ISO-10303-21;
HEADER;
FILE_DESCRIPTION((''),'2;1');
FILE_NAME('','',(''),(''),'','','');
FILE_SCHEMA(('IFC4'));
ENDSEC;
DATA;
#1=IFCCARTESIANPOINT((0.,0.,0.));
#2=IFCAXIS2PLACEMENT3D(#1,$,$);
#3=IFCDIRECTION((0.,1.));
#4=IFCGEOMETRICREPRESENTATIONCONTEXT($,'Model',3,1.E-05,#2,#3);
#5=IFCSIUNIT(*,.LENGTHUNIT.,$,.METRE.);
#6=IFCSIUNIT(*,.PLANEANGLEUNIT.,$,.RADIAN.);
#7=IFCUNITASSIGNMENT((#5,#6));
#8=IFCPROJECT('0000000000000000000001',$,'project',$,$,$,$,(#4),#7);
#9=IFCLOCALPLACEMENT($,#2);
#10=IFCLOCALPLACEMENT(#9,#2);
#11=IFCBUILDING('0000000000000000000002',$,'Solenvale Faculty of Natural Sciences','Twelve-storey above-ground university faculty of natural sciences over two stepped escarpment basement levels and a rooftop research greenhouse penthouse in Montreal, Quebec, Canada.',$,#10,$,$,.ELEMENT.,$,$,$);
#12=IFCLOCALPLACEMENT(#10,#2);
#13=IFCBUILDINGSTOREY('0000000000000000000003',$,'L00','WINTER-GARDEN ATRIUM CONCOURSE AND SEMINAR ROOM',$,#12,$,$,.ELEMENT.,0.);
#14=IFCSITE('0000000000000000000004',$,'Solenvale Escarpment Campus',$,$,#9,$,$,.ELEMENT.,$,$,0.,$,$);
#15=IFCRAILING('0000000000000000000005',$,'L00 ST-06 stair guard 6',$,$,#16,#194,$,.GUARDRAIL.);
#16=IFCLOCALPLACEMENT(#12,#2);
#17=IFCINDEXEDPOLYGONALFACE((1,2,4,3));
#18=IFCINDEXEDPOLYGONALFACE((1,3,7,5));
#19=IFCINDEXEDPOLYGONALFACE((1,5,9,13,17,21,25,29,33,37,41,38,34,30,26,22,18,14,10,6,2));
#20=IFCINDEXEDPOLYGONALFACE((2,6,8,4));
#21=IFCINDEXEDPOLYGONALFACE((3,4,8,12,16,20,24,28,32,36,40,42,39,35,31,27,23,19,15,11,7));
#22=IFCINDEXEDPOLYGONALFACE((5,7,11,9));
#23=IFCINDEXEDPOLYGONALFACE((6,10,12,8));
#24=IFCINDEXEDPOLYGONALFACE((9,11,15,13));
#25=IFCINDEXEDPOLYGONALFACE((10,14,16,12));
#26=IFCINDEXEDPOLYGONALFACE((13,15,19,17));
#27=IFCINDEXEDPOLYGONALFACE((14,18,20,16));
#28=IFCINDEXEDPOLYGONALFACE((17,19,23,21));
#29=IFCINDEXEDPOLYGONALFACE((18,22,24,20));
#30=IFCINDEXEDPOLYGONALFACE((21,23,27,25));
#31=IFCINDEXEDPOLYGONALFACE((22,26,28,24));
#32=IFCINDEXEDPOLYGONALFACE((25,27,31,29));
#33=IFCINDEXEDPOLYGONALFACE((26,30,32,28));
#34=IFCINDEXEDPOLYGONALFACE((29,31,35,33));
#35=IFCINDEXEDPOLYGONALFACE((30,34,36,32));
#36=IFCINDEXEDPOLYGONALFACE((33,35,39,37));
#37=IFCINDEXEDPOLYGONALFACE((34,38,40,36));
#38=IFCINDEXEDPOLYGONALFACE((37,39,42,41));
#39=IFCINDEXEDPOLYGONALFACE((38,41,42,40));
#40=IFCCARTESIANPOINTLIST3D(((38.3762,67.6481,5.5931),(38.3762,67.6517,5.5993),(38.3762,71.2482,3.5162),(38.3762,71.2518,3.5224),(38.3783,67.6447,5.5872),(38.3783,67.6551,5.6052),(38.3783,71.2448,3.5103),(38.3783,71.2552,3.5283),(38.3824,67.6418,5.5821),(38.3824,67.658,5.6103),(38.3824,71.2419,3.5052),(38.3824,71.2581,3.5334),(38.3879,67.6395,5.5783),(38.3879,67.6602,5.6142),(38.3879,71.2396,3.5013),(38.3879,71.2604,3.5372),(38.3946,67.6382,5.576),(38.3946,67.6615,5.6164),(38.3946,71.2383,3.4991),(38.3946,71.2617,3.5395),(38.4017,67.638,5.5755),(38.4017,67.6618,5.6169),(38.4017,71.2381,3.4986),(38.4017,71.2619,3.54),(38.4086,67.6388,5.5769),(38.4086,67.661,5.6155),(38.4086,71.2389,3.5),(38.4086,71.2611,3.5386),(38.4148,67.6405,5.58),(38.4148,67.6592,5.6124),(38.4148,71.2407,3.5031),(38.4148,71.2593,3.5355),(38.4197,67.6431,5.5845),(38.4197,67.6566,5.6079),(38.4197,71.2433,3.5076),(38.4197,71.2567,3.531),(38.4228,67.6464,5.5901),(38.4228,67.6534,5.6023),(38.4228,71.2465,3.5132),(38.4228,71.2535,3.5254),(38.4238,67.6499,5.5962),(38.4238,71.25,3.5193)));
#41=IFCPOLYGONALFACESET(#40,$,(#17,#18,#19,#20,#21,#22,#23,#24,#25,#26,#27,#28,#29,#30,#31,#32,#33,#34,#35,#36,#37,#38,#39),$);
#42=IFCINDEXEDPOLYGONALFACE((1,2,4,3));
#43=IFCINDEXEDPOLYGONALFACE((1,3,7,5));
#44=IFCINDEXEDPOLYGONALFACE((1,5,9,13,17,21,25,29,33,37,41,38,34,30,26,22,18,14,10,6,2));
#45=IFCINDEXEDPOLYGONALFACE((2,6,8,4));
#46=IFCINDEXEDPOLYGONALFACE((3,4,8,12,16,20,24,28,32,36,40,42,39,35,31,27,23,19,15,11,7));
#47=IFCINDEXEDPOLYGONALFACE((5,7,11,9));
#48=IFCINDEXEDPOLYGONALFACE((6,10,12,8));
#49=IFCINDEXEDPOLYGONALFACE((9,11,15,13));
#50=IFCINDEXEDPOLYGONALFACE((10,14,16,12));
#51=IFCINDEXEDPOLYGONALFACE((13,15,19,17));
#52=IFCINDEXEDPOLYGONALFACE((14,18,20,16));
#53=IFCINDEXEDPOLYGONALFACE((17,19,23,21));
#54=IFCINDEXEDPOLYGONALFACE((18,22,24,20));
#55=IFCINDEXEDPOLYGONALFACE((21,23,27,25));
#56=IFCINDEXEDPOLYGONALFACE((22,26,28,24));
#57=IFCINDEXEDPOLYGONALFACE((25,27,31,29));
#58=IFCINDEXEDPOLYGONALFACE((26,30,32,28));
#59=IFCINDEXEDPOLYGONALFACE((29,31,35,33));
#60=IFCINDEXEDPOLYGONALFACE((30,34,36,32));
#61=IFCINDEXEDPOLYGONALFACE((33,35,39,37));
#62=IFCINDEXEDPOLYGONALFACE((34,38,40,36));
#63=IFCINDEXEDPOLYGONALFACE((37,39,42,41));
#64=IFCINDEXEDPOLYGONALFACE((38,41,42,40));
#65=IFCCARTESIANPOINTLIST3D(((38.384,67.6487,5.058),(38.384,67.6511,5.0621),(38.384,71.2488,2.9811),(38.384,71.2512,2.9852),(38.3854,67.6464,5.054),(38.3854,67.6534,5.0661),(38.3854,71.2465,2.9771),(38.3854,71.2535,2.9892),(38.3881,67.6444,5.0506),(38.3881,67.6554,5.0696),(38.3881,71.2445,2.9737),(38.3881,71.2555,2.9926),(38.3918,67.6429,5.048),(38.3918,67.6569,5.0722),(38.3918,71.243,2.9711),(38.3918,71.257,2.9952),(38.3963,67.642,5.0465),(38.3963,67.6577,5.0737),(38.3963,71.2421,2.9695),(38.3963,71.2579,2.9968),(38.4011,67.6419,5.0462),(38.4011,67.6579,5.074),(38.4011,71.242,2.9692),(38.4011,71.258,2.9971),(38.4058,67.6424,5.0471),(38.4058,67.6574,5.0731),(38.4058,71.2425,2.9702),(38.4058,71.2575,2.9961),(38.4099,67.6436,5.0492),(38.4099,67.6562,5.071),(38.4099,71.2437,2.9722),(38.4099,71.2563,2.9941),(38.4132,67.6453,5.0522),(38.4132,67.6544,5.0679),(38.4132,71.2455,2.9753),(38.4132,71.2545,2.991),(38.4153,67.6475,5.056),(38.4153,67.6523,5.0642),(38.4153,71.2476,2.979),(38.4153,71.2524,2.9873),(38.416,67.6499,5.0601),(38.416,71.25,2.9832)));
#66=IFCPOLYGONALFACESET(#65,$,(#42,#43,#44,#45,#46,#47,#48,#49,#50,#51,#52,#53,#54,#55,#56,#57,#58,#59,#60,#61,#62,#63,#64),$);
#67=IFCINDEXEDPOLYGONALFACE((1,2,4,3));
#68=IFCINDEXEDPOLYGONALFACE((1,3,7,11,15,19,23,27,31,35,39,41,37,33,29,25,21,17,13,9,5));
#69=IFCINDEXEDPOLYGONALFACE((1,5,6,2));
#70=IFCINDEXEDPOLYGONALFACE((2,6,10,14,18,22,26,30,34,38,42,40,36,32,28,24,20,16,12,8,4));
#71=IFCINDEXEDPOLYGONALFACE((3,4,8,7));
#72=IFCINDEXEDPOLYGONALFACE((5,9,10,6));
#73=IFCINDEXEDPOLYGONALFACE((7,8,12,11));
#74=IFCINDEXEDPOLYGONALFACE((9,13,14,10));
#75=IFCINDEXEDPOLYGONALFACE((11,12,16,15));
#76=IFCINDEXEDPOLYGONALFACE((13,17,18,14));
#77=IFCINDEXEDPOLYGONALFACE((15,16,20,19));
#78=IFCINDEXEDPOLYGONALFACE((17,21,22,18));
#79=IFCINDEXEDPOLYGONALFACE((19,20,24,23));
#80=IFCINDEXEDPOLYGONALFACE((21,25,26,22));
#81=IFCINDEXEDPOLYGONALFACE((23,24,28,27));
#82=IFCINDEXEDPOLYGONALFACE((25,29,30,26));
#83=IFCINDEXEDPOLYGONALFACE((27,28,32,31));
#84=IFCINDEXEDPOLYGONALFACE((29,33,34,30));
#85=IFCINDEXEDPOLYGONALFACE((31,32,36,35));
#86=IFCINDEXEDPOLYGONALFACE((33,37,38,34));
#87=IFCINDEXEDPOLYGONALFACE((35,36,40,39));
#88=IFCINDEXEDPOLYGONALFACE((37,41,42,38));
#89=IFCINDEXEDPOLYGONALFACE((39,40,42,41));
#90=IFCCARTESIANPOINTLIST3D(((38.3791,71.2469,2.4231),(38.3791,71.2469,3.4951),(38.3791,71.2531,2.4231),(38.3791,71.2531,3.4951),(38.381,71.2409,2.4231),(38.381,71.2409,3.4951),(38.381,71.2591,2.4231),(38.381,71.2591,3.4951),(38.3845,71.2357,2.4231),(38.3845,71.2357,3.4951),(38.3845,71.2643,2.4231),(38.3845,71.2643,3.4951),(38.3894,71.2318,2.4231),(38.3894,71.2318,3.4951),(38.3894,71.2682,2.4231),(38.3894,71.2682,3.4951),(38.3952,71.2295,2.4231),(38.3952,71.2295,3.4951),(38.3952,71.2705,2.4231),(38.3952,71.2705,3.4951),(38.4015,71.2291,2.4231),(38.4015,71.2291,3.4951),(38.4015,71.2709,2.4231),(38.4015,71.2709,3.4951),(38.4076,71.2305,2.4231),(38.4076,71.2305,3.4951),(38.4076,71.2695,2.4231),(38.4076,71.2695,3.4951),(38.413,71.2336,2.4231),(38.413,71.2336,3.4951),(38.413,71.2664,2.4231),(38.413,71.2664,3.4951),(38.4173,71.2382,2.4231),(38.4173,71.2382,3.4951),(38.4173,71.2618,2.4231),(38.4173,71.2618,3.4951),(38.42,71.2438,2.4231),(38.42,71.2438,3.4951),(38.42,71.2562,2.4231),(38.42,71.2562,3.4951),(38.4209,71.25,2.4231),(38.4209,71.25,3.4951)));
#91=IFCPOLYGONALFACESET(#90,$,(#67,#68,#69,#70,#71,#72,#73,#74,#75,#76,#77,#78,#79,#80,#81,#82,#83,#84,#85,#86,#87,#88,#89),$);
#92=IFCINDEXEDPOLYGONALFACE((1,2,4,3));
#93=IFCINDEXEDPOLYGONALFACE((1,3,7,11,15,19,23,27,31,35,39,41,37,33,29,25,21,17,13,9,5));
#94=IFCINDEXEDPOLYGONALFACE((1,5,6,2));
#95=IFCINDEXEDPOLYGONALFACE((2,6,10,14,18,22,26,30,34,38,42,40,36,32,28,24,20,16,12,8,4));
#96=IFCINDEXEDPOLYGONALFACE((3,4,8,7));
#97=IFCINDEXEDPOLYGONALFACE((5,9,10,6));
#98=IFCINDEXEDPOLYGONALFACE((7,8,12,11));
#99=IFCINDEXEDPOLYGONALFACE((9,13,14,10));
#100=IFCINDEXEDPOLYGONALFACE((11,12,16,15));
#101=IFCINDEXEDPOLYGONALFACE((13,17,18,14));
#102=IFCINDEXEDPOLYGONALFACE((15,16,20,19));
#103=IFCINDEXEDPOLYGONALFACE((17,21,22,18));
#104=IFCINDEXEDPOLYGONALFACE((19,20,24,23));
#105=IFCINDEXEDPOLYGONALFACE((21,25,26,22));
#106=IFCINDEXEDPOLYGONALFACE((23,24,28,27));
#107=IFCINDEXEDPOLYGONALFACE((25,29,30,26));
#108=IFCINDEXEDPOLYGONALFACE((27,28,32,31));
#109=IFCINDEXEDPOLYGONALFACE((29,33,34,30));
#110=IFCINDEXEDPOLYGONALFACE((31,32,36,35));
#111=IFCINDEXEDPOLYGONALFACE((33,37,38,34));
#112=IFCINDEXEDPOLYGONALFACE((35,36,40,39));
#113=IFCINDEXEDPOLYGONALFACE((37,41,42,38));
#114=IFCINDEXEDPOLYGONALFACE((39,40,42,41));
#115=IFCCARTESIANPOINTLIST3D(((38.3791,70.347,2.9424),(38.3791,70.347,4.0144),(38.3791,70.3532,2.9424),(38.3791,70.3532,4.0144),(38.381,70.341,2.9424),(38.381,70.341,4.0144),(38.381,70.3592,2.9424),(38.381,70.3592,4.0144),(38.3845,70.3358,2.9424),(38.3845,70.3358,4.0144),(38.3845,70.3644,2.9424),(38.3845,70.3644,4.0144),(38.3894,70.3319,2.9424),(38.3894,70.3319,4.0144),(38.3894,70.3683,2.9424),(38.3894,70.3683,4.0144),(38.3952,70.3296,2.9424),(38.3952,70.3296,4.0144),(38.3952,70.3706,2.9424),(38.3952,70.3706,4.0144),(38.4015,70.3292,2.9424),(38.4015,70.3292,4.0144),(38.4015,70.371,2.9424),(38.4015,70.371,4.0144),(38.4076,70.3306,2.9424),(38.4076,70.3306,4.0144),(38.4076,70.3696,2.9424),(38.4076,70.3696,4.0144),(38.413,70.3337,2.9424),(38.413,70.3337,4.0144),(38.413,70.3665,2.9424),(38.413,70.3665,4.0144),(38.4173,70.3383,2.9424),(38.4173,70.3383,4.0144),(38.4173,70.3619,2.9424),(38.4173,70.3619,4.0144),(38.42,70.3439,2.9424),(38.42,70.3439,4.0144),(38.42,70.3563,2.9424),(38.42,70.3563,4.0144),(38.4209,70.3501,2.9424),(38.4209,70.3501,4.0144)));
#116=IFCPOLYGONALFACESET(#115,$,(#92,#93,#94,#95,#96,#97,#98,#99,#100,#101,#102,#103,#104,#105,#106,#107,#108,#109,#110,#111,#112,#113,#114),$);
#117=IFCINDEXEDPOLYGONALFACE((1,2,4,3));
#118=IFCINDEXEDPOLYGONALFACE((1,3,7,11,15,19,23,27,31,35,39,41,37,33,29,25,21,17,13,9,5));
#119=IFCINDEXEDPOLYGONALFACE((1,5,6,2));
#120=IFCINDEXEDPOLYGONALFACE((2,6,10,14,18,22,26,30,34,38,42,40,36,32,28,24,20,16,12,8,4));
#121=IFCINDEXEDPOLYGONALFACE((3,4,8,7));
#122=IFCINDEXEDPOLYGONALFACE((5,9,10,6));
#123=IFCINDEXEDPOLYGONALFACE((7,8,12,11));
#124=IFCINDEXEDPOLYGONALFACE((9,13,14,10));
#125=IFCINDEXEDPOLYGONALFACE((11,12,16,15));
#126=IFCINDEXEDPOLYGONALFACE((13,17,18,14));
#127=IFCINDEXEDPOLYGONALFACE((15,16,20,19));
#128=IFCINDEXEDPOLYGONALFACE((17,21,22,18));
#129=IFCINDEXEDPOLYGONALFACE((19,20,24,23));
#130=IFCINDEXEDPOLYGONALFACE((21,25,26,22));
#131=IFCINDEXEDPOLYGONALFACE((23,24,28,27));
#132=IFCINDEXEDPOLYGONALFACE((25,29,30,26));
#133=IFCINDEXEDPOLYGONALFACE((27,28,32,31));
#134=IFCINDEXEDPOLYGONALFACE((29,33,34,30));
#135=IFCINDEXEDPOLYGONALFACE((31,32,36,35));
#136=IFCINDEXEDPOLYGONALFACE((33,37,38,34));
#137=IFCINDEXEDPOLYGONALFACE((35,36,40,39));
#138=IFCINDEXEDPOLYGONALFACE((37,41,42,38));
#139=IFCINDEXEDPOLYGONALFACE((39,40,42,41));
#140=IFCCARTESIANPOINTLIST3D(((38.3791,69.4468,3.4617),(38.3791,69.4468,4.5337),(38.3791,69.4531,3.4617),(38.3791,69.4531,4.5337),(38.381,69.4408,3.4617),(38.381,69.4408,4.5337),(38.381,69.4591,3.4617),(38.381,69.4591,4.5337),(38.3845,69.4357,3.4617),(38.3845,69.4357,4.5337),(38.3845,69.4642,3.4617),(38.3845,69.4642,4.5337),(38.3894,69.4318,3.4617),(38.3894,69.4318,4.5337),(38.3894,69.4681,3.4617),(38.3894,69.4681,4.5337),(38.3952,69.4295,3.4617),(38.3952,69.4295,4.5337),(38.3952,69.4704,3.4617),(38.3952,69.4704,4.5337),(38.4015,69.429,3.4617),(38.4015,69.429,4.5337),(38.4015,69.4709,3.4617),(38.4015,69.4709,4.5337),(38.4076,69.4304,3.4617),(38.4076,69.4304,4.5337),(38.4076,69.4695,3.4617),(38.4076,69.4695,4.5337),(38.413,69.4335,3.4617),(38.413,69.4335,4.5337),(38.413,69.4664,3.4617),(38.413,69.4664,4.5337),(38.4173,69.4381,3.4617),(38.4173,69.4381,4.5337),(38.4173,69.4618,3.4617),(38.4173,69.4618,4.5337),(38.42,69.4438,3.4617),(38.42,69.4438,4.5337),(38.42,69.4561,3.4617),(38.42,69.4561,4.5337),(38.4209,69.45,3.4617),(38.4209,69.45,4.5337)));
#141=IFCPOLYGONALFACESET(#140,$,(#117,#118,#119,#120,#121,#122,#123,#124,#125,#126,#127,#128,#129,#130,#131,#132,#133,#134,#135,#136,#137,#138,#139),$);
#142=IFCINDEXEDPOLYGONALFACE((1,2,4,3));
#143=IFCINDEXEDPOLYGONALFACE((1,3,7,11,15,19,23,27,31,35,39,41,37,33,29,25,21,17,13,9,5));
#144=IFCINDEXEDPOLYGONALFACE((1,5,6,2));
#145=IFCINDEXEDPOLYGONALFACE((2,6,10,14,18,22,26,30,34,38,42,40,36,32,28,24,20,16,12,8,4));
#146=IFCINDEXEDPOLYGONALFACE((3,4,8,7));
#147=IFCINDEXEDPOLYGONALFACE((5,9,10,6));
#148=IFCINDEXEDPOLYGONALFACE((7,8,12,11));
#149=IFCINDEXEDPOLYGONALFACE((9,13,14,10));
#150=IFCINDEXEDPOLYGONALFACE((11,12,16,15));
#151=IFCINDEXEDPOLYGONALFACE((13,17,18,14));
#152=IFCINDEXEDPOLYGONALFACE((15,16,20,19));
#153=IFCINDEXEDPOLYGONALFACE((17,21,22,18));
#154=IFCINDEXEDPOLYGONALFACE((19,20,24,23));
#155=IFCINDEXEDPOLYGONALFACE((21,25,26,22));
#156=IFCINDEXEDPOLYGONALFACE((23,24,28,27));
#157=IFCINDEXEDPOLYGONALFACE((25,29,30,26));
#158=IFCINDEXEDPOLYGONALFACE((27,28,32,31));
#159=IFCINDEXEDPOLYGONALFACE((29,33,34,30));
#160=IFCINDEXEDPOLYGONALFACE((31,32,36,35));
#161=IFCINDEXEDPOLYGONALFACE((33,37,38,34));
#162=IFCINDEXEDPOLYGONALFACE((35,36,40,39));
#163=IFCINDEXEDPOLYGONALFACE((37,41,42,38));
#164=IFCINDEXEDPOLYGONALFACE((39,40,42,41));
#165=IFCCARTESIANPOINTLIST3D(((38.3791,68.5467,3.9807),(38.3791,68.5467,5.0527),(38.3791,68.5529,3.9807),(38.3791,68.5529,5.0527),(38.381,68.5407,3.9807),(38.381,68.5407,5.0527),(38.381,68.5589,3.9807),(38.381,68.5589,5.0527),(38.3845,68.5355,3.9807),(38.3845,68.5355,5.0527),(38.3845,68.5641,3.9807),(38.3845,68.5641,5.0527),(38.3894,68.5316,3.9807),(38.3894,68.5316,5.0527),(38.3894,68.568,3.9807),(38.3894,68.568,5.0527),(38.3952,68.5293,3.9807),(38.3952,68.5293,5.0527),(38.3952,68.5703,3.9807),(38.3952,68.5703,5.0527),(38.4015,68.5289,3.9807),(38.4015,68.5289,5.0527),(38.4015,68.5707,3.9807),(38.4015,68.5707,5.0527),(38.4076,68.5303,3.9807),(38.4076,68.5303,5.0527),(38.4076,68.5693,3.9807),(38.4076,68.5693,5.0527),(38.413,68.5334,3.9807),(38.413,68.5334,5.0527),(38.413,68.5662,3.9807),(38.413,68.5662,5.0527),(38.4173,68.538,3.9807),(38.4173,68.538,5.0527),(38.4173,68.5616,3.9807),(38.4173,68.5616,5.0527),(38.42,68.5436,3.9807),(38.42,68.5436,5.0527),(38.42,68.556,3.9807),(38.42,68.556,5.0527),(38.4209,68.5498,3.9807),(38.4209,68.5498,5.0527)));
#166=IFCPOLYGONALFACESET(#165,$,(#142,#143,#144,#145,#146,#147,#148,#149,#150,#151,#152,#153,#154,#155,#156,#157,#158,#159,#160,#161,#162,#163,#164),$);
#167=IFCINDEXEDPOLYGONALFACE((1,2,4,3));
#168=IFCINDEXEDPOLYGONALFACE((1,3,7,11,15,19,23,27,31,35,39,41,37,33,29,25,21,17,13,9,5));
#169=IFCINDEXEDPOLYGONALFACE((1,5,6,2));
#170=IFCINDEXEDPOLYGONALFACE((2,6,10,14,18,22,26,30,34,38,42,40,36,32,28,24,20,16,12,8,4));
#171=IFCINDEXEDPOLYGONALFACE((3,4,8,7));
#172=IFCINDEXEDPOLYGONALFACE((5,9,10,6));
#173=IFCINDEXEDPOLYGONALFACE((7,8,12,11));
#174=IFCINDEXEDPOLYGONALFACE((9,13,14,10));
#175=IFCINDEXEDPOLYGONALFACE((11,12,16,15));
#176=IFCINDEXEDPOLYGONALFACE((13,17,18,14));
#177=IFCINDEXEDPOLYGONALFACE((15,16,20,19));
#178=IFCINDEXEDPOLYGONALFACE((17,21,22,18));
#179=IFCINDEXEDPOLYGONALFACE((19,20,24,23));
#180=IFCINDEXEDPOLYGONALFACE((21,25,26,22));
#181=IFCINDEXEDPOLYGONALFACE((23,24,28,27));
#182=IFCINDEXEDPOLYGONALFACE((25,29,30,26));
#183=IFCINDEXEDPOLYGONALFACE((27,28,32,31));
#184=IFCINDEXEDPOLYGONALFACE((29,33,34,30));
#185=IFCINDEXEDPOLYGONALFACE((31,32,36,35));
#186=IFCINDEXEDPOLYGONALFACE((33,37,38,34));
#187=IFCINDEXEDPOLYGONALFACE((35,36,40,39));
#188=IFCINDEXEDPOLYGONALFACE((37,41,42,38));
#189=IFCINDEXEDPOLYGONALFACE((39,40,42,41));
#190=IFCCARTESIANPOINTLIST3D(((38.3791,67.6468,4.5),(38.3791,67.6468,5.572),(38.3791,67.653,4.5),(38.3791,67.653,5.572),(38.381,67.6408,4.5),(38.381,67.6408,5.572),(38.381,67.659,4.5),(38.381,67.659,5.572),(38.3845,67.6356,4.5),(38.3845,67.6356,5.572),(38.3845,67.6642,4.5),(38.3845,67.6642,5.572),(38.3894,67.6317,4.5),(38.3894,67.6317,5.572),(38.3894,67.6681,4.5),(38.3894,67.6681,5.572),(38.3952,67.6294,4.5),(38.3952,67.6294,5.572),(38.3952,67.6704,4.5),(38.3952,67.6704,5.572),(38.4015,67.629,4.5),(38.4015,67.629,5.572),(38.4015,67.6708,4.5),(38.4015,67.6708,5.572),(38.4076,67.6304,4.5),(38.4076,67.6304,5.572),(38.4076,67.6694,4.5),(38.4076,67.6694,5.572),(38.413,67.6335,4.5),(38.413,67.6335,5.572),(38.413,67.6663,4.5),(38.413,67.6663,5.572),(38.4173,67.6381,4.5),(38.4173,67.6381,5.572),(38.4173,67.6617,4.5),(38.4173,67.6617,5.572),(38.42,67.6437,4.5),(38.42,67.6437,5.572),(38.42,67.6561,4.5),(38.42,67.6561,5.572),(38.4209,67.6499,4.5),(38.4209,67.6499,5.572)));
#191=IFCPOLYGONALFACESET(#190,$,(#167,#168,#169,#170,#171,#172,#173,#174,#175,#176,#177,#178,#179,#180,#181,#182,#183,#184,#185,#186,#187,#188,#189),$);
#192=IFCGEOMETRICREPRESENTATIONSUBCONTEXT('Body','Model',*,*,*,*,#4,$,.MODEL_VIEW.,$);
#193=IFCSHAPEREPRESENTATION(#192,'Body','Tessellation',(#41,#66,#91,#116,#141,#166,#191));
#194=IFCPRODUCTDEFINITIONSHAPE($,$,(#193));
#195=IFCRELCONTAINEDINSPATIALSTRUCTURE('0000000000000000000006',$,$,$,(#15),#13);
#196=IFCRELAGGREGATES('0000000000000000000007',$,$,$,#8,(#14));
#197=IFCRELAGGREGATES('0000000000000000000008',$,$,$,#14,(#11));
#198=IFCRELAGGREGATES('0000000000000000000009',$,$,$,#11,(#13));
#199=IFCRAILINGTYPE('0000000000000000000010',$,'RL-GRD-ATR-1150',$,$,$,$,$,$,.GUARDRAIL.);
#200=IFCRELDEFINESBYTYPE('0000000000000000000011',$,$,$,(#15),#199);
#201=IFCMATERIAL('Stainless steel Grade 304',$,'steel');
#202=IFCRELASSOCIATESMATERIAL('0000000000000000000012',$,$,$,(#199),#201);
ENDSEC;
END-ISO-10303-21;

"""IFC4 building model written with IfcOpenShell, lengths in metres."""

from ifc_helpers import new_model, si_unit, direction, frame, origin, origin_2d, place, context, subcontext, project, spatial, circle, extrude, material, type_object, element, save


model = new_model("IFC4")

# Units and contexts
model_context = context("Model", 3, precision=1e-05, world=origin(), true_north=direction((0.0, 1.0)))
body_context = subcontext(model_context, "Body", "Model", "MODEL_VIEW")
ifc_project = project(units=[si_unit("LENGTHUNIT", "METRE"), si_unit("PLANEANGLEUNIT", "RADIAN")], contexts=[model_context])

# Site, building, storey
site_placement = place(None, origin())
site = spatial("IfcSite", under=ifc_project, at=site_placement, Name="Solenvale Escarpment Campus", CompositionType="ELEMENT", RefElevation=0.0)
building_placement = place(site_placement, origin())
building = spatial("IfcBuilding", under=site, at=building_placement, Name="Solenvale Faculty of Natural Sciences", Description="Twelve-storey above-ground university faculty of natural sciences over two stepped escarpment basement levels and a rooftop research greenhouse penthouse in Montreal, Quebec, Canada.", CompositionType="ELEMENT")
storey_placement = place(building_placement, origin())
storey = spatial("IfcBuildingStorey", under=building, at=storey_placement, Name="L00", Description="WINTER-GARDEN ATRIUM CONCOURSE AND SEMINAR ROOM", CompositionType="ELEMENT", Elevation=0.0)

# Railing
ifc_material_1 = material(Name="Stainless steel Grade 304", Category="steel")
railing_type_1 = type_object("IfcRailingType", Name="RL-GRD-ATR-1150", PredefinedType="GUARDRAIL", material=ifc_material_1)
railing_1_placement = place(storey_placement, frame((38.3999, 71.25, 2.4231)))
element("IfcRailing", 1, at=railing_1_placement, inside=storey, type_object=railing_type_1, Name="L00 ST-06 stair guard 6", PredefinedType="GUARDRAIL", context=body_context, shape_type="SweptSolid", body=[
    extrude(circle(Radius=0.0239, at=origin_2d()), frame((0.0, 0.0, 1.0962), z_axis=(0.0, -0.866193, 0.499709), x_axis=(1.0, 0.0, 0.0)), (0.0, 0.0, 1.0), 4.1562),
    extrude(circle(Radius=0.0161, at=origin_2d()), frame((0.0, 0.0, 0.5601), z_axis=(0.0, -0.866193, 0.499709), x_axis=(1.0, 0.0, 0.0)), (0.0, 0.0, 1.0), 4.1562),
    extrude(circle(Radius=0.021, at=origin_2d()), origin(), (0.0, 0.0, 1.0), 1.072),
    extrude(circle(Radius=0.021, at=origin_2d()), frame((0.0, -0.8999, 0.5193)), (0.0, 0.0, 1.0), 1.072),
    extrude(circle(Radius=0.021, at=origin_2d()), frame((0.0, -1.8, 1.0386)), (0.0, 0.0, 1.0), 1.072),
    extrude(circle(Radius=0.021, at=origin_2d()), frame((0.0, -2.7002, 1.5576)), (0.0, 0.0, 1.0), 1.072),
    extrude(circle(Radius=0.021, at=origin_2d()), frame((0.0, -3.6001, 2.0769)), (0.0, 0.0, 1.0), 1.072),
])

save(model, "model.ifc")
